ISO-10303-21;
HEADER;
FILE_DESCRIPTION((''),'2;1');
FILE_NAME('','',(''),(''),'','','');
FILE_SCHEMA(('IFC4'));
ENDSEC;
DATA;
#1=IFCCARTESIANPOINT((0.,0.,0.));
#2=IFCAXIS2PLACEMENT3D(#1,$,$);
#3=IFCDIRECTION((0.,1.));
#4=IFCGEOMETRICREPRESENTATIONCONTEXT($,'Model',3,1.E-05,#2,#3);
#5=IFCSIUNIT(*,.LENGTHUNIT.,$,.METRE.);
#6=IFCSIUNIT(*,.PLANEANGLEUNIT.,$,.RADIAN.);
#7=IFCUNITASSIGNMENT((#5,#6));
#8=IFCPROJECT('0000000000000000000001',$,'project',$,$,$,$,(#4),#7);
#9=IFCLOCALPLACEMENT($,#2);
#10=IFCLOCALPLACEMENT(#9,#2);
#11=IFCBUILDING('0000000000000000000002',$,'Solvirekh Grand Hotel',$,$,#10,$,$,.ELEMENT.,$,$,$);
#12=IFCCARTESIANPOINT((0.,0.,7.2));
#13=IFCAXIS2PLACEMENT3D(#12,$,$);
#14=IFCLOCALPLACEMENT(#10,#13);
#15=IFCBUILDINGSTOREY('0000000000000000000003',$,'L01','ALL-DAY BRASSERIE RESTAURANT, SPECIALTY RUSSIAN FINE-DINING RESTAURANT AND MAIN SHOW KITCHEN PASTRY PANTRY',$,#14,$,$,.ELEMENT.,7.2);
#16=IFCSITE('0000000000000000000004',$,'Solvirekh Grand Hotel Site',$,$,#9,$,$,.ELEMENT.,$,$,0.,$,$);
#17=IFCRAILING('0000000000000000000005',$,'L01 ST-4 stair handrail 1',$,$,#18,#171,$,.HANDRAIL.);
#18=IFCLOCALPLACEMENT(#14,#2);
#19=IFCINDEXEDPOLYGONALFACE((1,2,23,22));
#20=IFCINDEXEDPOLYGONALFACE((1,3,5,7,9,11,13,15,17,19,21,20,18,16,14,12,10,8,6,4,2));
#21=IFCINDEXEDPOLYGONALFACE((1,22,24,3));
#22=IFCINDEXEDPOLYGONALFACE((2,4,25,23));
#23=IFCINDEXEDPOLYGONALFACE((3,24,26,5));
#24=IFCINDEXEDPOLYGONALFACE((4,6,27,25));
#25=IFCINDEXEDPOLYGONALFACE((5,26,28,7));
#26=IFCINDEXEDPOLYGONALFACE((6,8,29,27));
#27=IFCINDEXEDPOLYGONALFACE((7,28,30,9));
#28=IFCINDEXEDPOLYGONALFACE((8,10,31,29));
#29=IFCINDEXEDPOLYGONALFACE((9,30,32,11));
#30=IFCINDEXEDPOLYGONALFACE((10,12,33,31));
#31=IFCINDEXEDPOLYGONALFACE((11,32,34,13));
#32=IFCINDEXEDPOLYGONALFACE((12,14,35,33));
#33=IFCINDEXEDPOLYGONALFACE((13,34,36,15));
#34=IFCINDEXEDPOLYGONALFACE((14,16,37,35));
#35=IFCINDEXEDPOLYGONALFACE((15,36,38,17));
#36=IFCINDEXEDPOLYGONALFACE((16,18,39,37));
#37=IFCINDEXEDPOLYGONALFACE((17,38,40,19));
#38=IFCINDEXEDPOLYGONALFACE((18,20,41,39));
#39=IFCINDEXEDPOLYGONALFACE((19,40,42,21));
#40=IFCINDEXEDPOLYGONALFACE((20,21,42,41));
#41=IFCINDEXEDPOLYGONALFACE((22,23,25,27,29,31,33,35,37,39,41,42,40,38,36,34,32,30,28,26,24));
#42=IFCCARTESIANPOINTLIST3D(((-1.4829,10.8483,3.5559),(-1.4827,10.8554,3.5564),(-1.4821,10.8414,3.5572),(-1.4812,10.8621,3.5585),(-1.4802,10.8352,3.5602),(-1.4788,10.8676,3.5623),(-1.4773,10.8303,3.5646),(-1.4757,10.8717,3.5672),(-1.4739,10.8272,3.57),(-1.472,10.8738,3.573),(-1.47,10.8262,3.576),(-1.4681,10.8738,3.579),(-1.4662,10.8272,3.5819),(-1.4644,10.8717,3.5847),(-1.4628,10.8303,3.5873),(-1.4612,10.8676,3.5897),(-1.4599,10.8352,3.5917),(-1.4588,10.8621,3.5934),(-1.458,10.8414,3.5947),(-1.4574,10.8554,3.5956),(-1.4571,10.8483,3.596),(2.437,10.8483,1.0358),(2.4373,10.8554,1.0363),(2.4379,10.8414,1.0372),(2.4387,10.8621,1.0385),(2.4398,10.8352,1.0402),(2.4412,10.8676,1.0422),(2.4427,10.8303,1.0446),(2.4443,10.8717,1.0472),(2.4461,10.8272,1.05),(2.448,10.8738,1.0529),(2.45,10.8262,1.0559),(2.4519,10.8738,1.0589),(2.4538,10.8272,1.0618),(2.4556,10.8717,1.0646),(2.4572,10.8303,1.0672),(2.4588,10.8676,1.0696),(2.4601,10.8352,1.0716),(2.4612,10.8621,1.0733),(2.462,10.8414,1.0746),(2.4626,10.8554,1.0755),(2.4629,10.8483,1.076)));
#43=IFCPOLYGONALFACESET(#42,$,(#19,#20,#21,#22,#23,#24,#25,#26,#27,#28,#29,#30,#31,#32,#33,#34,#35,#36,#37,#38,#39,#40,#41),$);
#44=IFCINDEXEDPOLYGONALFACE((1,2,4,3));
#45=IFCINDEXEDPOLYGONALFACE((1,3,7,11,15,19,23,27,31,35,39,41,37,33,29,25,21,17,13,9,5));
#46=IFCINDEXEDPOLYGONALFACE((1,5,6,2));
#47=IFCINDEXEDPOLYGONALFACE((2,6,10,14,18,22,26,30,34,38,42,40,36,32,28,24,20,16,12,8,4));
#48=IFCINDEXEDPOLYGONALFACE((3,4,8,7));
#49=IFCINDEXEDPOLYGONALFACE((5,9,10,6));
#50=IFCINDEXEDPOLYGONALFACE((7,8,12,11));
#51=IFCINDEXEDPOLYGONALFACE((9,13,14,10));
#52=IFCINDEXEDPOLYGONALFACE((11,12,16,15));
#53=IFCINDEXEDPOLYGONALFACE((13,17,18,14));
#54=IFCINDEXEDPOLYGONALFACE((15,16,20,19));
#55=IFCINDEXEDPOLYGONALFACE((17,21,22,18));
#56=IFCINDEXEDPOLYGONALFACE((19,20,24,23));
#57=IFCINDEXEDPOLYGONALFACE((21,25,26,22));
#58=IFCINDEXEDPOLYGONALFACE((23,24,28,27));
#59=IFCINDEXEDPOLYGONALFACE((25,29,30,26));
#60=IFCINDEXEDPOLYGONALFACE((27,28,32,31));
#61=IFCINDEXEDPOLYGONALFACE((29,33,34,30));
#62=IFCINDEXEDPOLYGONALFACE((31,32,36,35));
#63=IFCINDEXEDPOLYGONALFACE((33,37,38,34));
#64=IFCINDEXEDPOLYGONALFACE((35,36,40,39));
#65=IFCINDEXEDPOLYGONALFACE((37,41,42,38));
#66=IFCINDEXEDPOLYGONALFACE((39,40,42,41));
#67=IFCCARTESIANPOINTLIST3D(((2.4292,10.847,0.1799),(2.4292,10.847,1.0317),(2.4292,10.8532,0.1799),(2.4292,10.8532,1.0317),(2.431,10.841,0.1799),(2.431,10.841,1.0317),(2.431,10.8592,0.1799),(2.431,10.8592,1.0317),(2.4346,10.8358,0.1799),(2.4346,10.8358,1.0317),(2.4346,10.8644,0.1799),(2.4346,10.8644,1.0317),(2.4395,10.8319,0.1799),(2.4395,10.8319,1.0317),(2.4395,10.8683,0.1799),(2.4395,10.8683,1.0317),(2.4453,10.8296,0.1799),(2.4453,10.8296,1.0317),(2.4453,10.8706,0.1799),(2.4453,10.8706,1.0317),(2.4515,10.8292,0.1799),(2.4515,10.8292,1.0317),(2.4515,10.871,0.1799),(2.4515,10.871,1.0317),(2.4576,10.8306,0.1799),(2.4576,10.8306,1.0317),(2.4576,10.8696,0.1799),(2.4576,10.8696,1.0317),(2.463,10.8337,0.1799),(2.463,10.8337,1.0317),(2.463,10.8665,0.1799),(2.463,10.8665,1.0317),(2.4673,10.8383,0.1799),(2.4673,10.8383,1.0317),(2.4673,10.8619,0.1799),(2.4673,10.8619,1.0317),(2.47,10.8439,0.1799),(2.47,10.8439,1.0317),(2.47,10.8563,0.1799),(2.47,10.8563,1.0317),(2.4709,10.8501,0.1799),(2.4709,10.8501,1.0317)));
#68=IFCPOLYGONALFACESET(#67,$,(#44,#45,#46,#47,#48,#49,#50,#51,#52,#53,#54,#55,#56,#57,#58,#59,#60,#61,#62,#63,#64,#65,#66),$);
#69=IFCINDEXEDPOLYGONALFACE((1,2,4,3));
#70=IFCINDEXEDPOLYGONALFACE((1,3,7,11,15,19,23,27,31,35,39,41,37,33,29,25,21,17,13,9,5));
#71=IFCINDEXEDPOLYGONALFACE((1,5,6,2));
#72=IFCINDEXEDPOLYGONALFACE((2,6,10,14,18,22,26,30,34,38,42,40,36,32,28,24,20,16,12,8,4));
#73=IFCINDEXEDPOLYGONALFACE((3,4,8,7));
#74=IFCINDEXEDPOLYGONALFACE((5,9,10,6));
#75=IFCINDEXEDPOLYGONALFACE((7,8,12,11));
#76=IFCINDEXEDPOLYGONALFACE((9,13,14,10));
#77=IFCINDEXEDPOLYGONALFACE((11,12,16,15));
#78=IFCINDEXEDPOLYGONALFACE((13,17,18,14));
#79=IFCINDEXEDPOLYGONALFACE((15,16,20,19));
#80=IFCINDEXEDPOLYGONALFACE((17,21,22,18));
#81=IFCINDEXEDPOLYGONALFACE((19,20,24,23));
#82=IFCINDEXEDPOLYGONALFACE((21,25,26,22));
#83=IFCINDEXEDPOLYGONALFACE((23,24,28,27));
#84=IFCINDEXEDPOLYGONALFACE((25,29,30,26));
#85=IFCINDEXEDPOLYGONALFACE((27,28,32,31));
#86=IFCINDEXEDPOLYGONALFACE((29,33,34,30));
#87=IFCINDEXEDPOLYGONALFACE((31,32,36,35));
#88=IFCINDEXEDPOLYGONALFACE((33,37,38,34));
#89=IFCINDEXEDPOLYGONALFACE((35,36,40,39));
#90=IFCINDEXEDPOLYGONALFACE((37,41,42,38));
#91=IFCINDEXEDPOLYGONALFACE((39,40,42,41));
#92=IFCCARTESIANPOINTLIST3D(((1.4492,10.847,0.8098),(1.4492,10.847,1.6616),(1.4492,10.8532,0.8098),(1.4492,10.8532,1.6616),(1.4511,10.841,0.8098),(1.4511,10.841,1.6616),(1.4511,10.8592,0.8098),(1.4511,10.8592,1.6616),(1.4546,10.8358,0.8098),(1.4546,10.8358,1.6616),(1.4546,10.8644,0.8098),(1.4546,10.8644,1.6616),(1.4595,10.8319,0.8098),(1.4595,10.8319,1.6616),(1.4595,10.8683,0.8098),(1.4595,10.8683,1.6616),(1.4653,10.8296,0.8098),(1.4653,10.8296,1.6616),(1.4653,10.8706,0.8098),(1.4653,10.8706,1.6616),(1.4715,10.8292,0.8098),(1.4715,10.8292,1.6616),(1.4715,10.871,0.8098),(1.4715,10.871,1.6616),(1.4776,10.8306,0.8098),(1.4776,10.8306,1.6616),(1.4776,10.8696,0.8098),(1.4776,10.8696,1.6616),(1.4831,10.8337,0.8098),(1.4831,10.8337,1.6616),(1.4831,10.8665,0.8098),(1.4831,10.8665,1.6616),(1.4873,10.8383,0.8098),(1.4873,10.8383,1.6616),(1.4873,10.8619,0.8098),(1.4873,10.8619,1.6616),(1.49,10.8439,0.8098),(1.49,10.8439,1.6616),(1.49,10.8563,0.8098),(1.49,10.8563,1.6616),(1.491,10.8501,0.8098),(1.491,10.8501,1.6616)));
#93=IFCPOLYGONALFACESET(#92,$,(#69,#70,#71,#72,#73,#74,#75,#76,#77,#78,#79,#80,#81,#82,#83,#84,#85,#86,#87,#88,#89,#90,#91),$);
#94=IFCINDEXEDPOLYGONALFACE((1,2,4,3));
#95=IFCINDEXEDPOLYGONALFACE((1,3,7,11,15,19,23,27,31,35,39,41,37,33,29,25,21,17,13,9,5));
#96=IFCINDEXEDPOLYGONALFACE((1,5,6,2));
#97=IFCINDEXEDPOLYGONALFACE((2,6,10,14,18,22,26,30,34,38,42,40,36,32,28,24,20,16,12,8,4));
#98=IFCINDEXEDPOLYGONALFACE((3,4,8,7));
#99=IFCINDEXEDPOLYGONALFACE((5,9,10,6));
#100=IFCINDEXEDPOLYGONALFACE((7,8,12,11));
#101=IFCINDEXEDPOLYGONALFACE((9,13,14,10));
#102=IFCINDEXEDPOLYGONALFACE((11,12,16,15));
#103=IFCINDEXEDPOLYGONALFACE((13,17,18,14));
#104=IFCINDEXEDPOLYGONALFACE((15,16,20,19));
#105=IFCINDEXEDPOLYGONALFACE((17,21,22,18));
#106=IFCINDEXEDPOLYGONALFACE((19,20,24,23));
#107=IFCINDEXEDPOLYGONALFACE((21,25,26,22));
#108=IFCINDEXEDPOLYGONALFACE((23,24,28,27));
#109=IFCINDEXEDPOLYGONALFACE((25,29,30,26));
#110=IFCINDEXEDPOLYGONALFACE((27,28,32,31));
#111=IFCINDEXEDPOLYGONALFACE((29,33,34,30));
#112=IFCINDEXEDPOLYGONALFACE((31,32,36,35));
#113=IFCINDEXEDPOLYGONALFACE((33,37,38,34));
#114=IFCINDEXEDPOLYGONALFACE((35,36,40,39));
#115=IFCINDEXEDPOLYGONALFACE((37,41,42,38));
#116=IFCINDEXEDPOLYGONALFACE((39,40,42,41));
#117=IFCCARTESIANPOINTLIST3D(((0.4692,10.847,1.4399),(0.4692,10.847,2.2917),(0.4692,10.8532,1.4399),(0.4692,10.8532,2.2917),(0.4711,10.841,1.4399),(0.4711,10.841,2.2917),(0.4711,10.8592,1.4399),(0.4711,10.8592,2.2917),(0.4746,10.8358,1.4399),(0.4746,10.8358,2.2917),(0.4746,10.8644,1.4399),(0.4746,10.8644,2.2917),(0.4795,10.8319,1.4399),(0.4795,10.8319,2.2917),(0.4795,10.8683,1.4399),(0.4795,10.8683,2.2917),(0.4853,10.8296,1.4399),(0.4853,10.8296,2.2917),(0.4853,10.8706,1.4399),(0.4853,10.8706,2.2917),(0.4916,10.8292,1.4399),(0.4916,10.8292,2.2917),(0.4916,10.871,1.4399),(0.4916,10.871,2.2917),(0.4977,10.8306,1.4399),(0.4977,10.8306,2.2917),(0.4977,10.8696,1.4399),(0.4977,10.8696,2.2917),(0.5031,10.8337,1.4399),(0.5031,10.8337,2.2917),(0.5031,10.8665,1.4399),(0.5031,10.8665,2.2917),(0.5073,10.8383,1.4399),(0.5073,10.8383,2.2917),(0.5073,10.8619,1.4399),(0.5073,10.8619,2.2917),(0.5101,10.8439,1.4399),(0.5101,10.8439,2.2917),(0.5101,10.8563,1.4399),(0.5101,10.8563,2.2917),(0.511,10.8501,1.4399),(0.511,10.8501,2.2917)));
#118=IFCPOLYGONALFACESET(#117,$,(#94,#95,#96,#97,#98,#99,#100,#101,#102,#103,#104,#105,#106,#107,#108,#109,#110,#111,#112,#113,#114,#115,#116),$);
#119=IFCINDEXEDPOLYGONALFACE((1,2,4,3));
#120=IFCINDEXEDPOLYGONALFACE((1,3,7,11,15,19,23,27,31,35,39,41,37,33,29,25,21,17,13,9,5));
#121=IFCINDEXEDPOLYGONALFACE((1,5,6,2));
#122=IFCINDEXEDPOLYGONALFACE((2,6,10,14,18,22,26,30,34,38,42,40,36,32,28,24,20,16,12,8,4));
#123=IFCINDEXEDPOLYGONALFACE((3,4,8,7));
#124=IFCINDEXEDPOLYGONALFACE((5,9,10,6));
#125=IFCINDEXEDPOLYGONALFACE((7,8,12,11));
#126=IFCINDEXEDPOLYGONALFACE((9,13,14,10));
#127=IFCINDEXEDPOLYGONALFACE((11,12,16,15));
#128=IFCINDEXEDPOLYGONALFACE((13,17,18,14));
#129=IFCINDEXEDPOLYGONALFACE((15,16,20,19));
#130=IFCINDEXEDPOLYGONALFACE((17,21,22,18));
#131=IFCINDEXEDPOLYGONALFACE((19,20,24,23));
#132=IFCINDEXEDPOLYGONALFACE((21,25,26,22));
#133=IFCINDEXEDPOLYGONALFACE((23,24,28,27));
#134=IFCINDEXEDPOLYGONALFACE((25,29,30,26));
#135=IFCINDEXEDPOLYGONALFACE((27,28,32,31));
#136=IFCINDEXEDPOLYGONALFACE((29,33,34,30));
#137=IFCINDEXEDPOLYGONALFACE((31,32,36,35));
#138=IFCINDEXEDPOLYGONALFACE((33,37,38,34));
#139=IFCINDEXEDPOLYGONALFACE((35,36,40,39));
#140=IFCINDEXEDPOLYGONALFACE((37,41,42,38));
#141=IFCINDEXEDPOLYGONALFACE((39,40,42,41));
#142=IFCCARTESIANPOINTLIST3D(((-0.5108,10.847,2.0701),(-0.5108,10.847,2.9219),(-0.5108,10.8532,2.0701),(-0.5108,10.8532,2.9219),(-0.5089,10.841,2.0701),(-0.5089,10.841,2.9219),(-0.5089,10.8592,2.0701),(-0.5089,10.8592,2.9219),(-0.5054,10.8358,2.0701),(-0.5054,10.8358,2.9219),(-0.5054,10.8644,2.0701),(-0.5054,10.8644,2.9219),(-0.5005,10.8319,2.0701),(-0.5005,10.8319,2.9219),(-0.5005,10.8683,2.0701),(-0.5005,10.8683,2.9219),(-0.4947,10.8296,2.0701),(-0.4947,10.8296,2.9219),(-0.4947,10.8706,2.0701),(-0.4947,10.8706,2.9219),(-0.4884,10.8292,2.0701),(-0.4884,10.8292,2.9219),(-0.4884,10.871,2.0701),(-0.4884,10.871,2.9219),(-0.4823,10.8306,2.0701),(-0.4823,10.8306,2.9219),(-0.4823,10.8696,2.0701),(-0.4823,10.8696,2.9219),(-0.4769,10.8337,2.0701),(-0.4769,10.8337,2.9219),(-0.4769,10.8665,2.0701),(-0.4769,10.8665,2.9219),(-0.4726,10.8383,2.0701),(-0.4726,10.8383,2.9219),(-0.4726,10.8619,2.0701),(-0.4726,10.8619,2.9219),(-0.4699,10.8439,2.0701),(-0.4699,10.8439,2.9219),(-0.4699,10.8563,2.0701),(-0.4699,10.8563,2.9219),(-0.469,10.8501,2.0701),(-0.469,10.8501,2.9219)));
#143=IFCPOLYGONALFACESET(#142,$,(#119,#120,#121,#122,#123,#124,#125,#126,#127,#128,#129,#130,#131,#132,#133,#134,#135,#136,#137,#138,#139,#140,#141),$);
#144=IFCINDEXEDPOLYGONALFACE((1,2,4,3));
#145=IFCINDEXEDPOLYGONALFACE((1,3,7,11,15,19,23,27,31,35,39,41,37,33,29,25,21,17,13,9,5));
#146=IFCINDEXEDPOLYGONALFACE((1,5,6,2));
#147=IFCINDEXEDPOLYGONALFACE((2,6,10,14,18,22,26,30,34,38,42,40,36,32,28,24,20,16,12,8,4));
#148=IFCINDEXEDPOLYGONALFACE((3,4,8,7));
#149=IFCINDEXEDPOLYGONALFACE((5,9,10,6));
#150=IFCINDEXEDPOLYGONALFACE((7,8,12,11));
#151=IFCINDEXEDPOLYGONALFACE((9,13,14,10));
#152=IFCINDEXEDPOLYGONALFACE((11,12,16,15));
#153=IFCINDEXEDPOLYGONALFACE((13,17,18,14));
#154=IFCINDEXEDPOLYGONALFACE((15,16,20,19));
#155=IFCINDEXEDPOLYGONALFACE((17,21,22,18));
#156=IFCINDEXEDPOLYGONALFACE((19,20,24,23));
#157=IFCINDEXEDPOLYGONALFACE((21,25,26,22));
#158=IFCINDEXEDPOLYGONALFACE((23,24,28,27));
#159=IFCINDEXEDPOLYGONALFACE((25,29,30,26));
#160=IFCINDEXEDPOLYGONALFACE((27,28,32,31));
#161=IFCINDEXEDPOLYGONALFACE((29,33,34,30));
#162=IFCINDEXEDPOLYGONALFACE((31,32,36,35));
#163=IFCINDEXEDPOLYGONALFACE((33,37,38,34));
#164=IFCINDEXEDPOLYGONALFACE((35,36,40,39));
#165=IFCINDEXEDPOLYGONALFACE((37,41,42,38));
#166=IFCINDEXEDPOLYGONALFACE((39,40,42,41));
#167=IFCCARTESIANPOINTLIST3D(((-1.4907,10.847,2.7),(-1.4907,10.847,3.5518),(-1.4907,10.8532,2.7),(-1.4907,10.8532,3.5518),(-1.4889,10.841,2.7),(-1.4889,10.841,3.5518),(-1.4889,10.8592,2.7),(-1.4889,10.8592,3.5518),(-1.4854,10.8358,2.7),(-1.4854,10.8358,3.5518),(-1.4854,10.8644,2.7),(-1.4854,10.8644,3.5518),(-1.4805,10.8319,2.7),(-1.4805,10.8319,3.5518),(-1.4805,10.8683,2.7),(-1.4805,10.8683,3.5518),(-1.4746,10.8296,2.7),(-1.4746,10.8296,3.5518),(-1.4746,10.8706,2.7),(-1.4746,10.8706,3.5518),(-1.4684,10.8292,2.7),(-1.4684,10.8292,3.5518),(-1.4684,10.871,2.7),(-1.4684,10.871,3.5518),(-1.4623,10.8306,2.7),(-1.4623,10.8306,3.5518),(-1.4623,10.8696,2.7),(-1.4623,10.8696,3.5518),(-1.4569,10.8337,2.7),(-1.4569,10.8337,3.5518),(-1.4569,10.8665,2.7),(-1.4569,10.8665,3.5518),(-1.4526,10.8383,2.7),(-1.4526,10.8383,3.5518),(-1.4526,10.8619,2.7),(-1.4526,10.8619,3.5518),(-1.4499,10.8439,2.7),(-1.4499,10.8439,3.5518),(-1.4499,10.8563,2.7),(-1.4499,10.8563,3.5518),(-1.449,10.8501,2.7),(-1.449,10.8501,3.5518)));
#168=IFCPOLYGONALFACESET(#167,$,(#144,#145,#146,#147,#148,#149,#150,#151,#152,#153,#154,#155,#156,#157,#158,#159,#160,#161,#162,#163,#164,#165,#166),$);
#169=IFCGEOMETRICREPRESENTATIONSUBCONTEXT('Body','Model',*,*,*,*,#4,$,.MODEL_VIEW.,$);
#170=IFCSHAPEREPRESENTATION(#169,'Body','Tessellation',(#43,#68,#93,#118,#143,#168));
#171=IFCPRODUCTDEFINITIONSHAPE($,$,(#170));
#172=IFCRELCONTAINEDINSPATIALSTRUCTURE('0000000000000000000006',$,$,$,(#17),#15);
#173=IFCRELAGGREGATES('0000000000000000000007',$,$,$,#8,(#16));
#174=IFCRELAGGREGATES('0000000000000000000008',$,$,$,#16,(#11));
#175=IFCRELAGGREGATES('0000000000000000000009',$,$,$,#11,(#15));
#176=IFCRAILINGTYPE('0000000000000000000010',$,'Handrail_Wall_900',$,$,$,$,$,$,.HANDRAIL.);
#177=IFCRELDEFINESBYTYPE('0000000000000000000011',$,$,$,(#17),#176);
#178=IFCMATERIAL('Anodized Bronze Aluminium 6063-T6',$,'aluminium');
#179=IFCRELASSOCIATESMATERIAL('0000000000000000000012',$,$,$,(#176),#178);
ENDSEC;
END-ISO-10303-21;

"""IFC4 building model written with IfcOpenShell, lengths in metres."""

from ifc_helpers import new_model, si_unit, direction, frame, origin, origin_2d, place, context, subcontext, project, spatial, circle, extrude, material, type_object, element, save


model = new_model("IFC4")

# Units and contexts
model_context = context("Model", 3, precision=1e-05, world=origin(), true_north=direction((0.0, 1.0)))
body_context = subcontext(model_context, "Body", "Model", "MODEL_VIEW")
ifc_project = project(units=[si_unit("LENGTHUNIT", "METRE"), si_unit("PLANEANGLEUNIT", "RADIAN")], contexts=[model_context])

# Site, building, storey
site_placement = place(None, origin())
site = spatial("IfcSite", under=ifc_project, at=site_placement, Name="Solvirekh Grand Hotel Site", CompositionType="ELEMENT", RefElevation=0.0)
building_placement = place(site_placement, origin())
building = spatial("IfcBuilding", under=site, at=building_placement, Name="Solvirekh Grand Hotel", CompositionType="ELEMENT")
storey_placement = place(building_placement, frame((0.0, 0.0, 7.2)))
storey = spatial("IfcBuildingStorey", under=building, at=storey_placement, Name="L01", Description="ALL-DAY BRASSERIE RESTAURANT, SPECIALTY RUSSIAN FINE-DINING RESTAURANT AND MAIN SHOW KITCHEN PASTRY PANTRY", CompositionType="ELEMENT", Elevation=7.2)

# Shared definitions
ifc_material_1 = material(Name="Anodized Bronze Aluminium 6063-T6", Category="aluminium")

# Railing
railing_type_1 = type_object("IfcRailingType", Name="Handrail_Wall_900", PredefinedType="HANDRAIL", material=ifc_material_1)
railing_1_placement = place(storey_placement, frame((2.45, 10.8501, 0.1799)))
element("IfcRailing", 1, at=railing_1_placement, inside=storey, type_object=railing_type_1, Name="L01 ST-4 stair handrail 1", PredefinedType="HANDRAIL", context=body_context, shape_type="SweptSolid", body=[
    extrude(circle(Radius=0.0239, at=origin_2d()), frame((0.0, 0.0, 0.876), z_axis=(-0.841172, 0.0, 0.540768), x_axis=(0.0, -1.0, 0.0)), (0.0, 0.0, 1.0), 4.6602),
    extrude(circle(Radius=0.021, at=origin_2d()), origin(), (0.0, 0.0, 1.0), 0.8518),
    extrude(circle(Radius=0.021, at=origin_2d()), frame((-0.98, 0.0, 0.6299)), (0.0, 0.0, 1.0), 0.8518),
    extrude(circle(Radius=0.021, at=origin_2d()), frame((-1.96, 0.0, 1.26)), (0.0, 0.0, 1.0), 0.8518),
    extrude(circle(Radius=0.021, at=origin_2d()), frame((-2.9399, 0.0, 1.8901)), (0.0, 0.0, 1.0), 0.8518),
    extrude(circle(Radius=0.021, at=origin_2d()), frame((-3.9199, 0.0, 2.52)), (0.0, 0.0, 1.0), 0.8518),
])

save(model, "model.ifc")
